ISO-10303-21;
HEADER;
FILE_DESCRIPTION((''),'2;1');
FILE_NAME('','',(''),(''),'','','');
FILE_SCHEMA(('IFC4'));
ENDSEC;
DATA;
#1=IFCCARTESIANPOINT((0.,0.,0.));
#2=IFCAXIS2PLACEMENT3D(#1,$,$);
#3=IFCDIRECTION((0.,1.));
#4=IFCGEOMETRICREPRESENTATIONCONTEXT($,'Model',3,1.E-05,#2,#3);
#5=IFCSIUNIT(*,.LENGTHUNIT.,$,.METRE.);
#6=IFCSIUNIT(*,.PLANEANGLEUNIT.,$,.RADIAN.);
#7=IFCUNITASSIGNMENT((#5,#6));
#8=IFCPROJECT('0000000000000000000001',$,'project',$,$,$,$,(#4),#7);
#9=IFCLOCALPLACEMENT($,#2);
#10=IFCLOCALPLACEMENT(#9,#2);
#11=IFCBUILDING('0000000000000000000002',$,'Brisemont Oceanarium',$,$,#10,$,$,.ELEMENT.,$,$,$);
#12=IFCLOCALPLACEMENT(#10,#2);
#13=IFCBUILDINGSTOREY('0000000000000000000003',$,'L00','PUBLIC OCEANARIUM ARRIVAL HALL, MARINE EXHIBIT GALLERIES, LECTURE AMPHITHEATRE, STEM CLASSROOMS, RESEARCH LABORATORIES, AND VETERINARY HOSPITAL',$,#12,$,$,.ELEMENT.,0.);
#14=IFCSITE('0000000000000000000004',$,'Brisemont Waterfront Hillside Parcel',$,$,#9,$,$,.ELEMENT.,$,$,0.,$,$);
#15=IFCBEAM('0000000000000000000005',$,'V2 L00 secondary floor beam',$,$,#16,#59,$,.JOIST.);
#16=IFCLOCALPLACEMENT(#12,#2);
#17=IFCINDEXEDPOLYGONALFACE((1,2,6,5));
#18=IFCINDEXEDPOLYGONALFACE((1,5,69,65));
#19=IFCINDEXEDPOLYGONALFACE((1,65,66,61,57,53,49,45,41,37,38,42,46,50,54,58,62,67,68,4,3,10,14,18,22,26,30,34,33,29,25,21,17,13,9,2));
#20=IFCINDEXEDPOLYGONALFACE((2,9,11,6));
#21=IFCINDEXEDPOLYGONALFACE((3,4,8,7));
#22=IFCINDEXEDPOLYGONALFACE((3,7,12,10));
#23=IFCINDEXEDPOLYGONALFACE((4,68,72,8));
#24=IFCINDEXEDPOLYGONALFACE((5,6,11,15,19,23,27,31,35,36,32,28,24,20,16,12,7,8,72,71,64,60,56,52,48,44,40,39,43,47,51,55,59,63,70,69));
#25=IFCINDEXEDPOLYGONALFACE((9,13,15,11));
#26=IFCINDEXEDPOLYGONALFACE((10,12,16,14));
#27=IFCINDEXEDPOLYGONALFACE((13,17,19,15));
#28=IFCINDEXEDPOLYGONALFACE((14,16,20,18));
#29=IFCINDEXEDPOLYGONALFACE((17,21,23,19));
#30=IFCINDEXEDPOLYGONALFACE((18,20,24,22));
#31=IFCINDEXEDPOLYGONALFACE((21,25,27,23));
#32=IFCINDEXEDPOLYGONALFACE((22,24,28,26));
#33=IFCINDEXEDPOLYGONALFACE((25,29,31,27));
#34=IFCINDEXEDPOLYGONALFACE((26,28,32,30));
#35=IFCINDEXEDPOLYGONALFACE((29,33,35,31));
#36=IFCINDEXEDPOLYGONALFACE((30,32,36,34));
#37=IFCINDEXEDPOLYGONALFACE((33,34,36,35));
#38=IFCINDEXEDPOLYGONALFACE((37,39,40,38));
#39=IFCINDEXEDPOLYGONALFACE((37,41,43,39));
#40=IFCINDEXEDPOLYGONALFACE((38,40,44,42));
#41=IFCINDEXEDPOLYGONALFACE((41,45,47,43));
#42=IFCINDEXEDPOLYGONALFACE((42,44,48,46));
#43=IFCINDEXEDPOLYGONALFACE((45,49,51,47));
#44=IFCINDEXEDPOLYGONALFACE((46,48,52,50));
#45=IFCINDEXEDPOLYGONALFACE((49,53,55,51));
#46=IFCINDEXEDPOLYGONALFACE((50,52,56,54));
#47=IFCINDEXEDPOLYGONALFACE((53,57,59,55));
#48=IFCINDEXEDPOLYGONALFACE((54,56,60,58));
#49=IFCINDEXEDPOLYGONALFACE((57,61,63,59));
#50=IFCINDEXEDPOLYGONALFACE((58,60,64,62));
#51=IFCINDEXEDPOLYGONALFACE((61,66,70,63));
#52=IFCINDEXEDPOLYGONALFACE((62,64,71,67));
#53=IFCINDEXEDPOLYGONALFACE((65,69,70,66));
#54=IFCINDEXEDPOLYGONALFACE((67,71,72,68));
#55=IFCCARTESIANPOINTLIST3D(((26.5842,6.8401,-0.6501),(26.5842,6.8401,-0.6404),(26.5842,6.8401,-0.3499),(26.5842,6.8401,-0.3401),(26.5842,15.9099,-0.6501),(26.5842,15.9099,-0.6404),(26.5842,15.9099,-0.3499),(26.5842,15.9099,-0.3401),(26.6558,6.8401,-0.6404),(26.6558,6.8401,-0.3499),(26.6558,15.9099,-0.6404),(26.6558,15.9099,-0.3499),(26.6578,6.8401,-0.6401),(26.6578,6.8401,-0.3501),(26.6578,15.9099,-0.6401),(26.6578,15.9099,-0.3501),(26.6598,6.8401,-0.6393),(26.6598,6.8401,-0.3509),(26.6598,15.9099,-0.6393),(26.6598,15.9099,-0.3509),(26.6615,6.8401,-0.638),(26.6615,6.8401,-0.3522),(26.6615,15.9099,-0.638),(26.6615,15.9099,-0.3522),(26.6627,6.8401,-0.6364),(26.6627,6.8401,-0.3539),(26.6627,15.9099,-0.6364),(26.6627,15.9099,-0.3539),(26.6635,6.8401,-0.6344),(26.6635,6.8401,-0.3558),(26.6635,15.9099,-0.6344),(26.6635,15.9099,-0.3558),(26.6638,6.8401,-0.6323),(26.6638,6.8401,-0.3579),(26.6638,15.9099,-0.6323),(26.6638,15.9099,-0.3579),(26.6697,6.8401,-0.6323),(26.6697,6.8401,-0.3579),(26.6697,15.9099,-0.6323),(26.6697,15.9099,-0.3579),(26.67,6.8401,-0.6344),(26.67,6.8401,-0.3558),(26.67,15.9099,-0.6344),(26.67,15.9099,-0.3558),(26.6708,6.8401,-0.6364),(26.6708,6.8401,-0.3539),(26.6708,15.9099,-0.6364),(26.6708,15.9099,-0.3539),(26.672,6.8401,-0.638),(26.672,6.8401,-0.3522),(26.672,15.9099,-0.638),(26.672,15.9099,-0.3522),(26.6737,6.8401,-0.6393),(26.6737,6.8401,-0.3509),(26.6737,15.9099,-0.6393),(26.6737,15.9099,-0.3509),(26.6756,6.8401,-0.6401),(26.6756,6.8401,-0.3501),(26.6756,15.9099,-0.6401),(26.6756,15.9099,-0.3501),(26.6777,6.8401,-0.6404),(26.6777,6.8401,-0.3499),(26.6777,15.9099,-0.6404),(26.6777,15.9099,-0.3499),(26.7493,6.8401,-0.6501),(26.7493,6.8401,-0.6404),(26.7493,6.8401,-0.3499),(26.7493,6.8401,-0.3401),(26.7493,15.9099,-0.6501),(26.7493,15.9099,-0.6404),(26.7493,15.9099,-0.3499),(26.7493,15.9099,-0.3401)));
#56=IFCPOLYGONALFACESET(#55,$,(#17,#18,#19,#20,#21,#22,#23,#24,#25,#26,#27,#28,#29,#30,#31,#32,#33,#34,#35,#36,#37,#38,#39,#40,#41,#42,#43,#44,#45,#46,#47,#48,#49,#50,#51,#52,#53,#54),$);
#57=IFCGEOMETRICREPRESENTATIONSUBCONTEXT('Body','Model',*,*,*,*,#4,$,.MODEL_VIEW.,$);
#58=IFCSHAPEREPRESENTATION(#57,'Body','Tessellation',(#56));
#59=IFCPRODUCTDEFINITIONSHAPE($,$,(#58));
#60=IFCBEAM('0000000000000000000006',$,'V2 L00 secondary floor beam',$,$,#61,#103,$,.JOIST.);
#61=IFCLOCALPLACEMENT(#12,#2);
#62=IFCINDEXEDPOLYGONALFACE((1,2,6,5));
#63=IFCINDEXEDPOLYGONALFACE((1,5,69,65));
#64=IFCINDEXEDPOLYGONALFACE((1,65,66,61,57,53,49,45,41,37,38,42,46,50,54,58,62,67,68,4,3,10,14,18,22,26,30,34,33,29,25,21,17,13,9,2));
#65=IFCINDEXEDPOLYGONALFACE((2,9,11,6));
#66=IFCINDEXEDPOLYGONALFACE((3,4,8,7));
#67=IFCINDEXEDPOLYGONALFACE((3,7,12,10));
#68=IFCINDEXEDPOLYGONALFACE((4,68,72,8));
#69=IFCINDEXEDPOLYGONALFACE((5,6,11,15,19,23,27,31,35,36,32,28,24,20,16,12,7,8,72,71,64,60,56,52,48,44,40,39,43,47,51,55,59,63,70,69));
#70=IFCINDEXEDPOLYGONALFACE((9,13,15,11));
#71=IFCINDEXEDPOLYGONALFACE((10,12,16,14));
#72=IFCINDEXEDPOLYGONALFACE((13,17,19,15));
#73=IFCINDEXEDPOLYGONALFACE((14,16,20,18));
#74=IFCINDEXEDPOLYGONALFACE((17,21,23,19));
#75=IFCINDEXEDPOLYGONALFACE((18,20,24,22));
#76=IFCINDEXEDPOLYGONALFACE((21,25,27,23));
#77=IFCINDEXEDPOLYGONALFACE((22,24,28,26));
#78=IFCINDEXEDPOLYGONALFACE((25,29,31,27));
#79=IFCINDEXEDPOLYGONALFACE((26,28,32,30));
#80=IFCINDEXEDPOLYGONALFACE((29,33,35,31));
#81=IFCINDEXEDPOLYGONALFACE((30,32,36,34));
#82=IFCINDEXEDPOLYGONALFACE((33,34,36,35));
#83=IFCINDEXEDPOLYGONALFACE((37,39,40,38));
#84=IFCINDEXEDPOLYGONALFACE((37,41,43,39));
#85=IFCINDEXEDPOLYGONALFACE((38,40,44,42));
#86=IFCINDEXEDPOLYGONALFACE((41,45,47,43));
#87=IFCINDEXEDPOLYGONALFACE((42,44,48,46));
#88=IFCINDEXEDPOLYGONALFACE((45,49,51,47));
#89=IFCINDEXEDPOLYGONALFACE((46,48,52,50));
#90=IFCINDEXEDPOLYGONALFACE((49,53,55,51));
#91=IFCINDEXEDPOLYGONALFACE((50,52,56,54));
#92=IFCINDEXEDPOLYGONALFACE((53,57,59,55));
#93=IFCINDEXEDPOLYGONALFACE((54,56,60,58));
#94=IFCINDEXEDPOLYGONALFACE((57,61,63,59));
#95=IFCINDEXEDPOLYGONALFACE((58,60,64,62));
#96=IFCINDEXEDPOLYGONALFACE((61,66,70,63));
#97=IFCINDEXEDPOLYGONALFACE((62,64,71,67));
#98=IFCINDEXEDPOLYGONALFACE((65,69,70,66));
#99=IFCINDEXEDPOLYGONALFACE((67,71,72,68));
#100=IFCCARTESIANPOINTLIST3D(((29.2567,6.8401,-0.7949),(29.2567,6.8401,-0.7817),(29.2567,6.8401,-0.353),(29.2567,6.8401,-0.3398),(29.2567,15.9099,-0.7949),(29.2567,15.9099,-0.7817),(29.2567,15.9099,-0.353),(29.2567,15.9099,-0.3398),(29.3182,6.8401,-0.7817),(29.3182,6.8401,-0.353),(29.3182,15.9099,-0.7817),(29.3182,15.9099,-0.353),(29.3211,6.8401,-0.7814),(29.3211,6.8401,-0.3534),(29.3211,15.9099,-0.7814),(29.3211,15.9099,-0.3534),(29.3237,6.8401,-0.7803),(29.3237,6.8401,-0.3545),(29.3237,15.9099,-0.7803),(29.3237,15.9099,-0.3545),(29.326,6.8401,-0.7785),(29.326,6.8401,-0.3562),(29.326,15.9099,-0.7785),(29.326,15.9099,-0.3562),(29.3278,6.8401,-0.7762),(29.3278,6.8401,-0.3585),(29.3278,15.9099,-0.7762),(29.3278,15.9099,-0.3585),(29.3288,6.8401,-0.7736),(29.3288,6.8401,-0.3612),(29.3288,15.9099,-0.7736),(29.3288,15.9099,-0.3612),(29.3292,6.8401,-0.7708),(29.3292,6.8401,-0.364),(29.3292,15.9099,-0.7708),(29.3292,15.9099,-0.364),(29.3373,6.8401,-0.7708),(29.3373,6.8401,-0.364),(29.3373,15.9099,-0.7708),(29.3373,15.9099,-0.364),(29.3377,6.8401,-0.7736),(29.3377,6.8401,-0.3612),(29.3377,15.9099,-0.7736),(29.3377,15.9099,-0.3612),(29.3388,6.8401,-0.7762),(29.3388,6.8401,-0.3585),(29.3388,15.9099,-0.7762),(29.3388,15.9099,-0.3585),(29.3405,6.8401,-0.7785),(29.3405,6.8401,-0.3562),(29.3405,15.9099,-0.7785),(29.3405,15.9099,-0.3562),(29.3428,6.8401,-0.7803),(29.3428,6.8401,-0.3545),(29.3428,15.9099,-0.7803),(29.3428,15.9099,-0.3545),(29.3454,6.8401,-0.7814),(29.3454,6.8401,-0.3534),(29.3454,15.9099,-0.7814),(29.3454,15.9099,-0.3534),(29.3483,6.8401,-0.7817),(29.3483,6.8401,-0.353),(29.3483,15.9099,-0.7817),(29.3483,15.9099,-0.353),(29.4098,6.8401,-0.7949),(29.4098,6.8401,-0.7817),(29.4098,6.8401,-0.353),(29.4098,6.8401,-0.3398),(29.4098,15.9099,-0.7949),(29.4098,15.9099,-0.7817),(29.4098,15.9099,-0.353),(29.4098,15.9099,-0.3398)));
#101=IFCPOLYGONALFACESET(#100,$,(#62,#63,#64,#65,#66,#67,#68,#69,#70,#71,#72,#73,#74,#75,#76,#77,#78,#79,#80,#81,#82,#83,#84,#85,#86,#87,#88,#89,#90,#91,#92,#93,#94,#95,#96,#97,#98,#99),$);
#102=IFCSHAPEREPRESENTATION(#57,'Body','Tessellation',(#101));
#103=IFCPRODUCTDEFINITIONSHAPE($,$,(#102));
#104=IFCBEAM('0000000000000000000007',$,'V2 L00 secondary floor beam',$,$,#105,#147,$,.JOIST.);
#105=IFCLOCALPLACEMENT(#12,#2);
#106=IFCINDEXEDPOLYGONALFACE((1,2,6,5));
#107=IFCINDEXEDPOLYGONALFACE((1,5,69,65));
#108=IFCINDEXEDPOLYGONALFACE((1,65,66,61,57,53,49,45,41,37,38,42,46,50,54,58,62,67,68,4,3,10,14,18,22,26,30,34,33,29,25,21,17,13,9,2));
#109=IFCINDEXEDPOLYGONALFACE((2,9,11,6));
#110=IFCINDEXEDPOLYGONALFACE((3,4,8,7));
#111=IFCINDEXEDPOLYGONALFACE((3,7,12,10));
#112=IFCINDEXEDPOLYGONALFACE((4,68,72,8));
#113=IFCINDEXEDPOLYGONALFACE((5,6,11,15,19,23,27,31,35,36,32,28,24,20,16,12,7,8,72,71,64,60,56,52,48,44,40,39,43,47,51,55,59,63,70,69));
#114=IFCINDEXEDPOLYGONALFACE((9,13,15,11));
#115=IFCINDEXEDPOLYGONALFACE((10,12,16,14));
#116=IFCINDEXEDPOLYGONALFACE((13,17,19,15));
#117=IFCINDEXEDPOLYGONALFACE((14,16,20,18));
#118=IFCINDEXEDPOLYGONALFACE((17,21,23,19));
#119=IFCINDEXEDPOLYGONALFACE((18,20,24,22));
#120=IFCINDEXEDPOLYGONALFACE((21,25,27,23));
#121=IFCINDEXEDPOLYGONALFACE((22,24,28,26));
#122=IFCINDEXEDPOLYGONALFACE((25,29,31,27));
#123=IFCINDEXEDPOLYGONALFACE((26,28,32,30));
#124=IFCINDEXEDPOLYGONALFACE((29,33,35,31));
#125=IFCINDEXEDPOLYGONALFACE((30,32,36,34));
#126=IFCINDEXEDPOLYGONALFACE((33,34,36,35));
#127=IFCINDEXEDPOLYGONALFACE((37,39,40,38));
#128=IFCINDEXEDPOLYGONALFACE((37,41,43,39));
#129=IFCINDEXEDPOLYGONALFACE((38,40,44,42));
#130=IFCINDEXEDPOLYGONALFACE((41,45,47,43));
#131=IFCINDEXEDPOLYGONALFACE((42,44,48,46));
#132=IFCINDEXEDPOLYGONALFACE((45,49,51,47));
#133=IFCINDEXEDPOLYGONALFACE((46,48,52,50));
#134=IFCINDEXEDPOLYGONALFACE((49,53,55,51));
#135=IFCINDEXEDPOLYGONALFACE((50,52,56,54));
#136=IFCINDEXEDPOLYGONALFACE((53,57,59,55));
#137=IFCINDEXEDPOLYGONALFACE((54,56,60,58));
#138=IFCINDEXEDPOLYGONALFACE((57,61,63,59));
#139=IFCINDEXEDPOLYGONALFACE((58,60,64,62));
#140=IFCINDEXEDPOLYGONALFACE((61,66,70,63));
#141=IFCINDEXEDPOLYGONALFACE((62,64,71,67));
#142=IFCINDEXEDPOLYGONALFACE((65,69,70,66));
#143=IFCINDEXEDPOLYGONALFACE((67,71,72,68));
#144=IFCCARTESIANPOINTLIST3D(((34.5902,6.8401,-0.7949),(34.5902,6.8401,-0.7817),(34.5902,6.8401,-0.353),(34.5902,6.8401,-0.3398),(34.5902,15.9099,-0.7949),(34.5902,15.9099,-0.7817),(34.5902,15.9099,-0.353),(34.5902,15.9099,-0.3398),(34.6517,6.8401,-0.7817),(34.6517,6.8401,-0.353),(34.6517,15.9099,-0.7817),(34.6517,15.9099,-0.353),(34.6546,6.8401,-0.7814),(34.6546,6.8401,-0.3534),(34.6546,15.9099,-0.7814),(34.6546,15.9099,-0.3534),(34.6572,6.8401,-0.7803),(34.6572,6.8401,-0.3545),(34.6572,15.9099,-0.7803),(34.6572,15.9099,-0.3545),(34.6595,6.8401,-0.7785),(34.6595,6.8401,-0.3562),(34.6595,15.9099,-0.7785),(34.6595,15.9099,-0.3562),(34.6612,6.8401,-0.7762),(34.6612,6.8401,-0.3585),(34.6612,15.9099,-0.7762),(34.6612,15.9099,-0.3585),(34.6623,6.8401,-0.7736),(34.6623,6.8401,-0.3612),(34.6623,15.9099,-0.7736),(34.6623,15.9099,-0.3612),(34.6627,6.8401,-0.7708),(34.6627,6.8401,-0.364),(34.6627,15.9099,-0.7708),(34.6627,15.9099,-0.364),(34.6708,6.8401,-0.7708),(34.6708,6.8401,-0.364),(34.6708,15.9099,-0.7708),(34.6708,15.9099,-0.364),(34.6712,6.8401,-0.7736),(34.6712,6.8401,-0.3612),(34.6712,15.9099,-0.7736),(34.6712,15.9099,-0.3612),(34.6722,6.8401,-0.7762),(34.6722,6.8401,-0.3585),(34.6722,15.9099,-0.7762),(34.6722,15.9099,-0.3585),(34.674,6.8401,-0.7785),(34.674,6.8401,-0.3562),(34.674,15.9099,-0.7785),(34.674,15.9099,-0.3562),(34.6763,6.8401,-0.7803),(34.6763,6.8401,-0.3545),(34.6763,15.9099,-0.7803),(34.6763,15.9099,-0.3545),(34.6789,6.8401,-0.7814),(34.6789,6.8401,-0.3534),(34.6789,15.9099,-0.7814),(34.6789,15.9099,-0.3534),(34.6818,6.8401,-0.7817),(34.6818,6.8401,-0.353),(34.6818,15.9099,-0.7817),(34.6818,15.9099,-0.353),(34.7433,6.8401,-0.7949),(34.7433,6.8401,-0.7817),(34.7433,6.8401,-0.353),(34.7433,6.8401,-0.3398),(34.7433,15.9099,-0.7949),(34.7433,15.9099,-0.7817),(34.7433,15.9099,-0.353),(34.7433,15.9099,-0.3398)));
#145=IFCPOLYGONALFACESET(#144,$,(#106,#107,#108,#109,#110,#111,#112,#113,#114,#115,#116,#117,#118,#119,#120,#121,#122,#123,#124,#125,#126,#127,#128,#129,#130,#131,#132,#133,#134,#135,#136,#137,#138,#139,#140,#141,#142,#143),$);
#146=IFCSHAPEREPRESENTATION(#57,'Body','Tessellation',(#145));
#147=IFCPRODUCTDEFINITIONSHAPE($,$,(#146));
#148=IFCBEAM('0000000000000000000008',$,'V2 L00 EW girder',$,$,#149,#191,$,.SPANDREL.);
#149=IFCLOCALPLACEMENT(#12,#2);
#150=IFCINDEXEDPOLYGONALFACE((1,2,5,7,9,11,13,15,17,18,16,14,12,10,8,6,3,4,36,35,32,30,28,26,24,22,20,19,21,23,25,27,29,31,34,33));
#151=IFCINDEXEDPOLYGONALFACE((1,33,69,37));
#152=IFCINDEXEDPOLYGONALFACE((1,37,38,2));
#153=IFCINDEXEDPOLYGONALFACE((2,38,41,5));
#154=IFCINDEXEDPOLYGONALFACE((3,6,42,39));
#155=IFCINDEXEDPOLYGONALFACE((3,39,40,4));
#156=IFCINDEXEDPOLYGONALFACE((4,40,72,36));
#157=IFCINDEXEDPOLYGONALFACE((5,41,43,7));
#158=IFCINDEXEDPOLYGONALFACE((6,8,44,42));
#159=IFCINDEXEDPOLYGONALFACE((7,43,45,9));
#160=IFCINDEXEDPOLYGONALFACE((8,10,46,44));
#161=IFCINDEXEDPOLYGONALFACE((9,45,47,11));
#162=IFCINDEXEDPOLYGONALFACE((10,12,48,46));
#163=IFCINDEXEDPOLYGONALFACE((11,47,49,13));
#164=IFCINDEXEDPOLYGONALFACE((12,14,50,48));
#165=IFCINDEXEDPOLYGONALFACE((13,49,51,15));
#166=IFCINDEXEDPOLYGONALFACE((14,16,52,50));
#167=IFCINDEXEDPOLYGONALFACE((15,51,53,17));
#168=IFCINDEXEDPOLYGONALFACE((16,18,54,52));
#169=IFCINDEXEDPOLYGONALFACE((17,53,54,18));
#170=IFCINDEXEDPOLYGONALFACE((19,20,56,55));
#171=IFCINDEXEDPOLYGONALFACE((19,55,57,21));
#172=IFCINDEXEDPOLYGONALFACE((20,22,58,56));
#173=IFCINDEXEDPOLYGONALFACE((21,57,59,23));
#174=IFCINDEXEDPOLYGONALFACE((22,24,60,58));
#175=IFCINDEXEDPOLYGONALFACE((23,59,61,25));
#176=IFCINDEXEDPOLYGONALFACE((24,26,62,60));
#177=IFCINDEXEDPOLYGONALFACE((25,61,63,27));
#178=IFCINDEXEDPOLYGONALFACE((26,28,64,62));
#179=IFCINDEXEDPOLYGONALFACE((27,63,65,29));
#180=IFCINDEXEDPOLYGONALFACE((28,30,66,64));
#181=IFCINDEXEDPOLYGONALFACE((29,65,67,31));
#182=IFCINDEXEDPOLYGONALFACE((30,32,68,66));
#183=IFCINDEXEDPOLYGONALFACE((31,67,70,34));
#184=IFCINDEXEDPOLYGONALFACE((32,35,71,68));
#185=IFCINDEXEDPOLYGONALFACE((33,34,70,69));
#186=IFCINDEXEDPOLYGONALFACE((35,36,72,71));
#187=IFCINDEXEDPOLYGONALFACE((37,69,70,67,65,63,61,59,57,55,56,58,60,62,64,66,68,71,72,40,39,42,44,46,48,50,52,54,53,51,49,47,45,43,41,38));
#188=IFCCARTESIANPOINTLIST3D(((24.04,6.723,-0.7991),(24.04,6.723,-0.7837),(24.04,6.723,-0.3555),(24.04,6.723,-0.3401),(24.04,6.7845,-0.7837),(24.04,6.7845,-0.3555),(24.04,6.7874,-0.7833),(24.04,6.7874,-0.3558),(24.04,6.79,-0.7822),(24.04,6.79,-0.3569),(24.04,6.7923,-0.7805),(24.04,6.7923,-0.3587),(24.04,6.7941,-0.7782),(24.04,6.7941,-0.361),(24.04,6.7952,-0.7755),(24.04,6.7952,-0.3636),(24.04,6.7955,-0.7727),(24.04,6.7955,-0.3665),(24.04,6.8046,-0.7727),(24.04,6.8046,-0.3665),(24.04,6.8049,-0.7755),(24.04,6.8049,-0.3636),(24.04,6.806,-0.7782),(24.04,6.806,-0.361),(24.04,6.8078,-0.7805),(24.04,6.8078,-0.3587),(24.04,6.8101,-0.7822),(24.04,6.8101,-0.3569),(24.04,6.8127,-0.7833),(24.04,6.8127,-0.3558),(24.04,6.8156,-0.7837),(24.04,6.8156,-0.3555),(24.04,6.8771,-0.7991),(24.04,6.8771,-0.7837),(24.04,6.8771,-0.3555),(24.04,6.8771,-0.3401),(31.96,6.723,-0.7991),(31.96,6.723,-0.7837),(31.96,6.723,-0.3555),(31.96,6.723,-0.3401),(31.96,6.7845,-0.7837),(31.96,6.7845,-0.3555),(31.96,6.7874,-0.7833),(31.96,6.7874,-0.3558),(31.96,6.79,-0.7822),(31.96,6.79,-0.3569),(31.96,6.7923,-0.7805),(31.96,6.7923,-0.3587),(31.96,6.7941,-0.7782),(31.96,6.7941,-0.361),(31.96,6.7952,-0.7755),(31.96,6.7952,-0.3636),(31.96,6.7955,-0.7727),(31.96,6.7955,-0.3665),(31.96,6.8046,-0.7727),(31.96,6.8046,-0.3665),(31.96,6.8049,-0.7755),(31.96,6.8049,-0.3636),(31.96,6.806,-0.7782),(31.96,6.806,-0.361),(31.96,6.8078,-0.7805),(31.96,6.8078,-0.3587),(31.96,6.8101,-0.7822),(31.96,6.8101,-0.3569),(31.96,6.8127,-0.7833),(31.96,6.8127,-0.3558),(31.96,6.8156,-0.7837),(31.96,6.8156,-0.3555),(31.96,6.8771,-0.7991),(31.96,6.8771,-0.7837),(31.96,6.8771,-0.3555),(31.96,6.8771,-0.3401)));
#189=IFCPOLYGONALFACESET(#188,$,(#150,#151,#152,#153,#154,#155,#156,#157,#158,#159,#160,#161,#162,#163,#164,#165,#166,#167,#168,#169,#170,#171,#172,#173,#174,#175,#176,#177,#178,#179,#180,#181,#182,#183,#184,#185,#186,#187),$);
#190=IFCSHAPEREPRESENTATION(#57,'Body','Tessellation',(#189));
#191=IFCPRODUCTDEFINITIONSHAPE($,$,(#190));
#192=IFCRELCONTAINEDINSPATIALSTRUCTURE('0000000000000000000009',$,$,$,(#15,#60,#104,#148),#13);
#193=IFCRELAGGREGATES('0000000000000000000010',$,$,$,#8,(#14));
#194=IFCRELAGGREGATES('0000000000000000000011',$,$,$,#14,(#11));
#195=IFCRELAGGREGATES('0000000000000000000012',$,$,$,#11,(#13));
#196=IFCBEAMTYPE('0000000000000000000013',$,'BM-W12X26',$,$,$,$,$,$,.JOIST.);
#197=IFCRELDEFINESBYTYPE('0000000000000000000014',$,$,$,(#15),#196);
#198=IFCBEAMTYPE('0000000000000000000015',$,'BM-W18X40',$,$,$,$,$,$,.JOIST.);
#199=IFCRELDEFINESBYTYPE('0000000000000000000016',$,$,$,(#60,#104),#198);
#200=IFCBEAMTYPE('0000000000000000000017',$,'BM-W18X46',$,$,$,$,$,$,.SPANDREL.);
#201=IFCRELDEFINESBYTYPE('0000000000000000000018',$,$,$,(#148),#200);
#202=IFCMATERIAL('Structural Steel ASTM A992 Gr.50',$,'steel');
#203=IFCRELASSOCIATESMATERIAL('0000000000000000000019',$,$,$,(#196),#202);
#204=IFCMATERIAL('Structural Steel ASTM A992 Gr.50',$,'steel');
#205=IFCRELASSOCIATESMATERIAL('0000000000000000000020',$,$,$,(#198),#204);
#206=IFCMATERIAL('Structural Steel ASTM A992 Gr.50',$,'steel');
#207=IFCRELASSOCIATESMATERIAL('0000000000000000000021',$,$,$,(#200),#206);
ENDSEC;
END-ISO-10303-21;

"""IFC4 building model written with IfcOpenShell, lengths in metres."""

from ifc_helpers import new_model, si_unit, direction, frame, origin, origin_2d, place, context, subcontext, project, spatial, i_section, extrude, material, material_profile, profile_set, type_object, element, save


model = new_model("IFC4")

# Units and contexts
model_context = context("Model", 3, precision=1e-05, world=origin(), true_north=direction((0.0, 1.0)))
body_context = subcontext(model_context, "Body", "Model", "MODEL_VIEW")
ifc_project = project(units=[si_unit("LENGTHUNIT", "METRE"), si_unit("PLANEANGLEUNIT", "RADIAN")], contexts=[model_context])

# Site, building, storey
site_placement = place(None, origin())
site = spatial("IfcSite", under=ifc_project, at=site_placement, Name="Brisemont Waterfront Hillside Parcel", CompositionType="ELEMENT", RefElevation=0.0)
building_placement = place(site_placement, origin())
building = spatial("IfcBuilding", under=site, at=building_placement, Name="Brisemont Oceanarium", CompositionType="ELEMENT")
storey_placement = place(building_placement, origin())
storey = spatial("IfcBuildingStorey", under=building, at=storey_placement, Name="L00", Description="PUBLIC OCEANARIUM ARRIVAL HALL, MARINE EXHIBIT GALLERIES, LECTURE AMPHITHEATRE, STEM CLASSROOMS, RESEARCH LABORATORIES, AND VETERINARY HOSPITAL", CompositionType="ELEMENT", Elevation=0.0)

# Beams
ifc_material_1 = material(Name="Structural Steel ASTM A992 Gr.50", Category="steel")
ifc_material_profile_1 = material_profile(ifc_material_1, i_section(OverallWidth=0.165, OverallDepth=0.3101, WebThickness=0.0059, FlangeThickness=0.0098, FilletRadius=0.0081, at=origin_2d()), Name="W12X26")
ifc_profile_set_1 = profile_set([ifc_material_profile_1], Name="Structural Steel ASTM A992 Gr.50")
beam_type_1 = type_object("IfcBeamType", Name="BM-W12X26", PredefinedType="JOIST", material=ifc_profile_set_1)
beam_1_placement = place(storey_placement, frame((26.6667, 6.8401, -0.4951), z_axis=(0.0, 1.0, 0.0), x_axis=(-1.0, 0.0, 0.0)))
element("IfcBeam", 1, at=beam_1_placement, inside=storey, type_object=beam_type_1, Name="V2 L00 secondary floor beam", PredefinedType="JOIST", context=body_context, shape_type="SweptSolid", body=[
    extrude(i_section(OverallWidth=0.165, OverallDepth=0.3101, WebThickness=0.0059, FlangeThickness=0.0098, FilletRadius=0.0081, at=origin_2d()), origin(), (0.0, 0.0, 1.0), 9.0698),
])
ifc_material_2 = material(Name="Structural Steel ASTM A992 Gr.50", Category="steel")
ifc_material_profile_2 = material_profile(ifc_material_2, i_section(OverallWidth=0.1531, OverallDepth=0.4551, WebThickness=0.0081, FlangeThickness=0.0132, FilletRadius=0.011, at=origin_2d()), Name="W18X40")
ifc_profile_set_2 = profile_set([ifc_material_profile_2], Name="Structural Steel ASTM A992 Gr.50")
beam_type_2 = type_object("IfcBeamType", Name="BM-W18X40", PredefinedType="JOIST", material=ifc_profile_set_2)
for number, where, z_axis, x_axis, name in (
    (2, (29.3333, 6.8401, -0.5674), (0.0, 1.0, 0.0), (-1.0, 0.0, 0.0), "V2 L00 secondary floor beam"),
    (3, (34.6667, 6.8401, -0.5674), (0.0, 1.0, 0.0), (-1.0, 0.0, 0.0), "V2 L00 secondary floor beam"),
):
    element("IfcBeam", number, at=place(storey_placement, frame(where, z_axis=z_axis, x_axis=x_axis)), inside=storey, type_object=beam_type_2, Name=name, PredefinedType="JOIST", context=body_context, shape_type="SweptSolid", body=[
        extrude(i_section(OverallWidth=0.1531, OverallDepth=0.4551, WebThickness=0.0081, FlangeThickness=0.0132, FilletRadius=0.011, at=origin_2d()), origin(), (0.0, 0.0, 1.0), 9.0698),
    ])
ifc_material_3 = material(Name="Structural Steel ASTM A992 Gr.50", Category="steel")
ifc_material_profile_3 = material_profile(ifc_material_3, i_section(OverallWidth=0.1541, OverallDepth=0.459, WebThickness=0.009, FlangeThickness=0.0154, FilletRadius=0.011, at=origin_2d()), Name="W18X46")
ifc_profile_set_3 = profile_set([ifc_material_profile_3], Name="Structural Steel ASTM A992 Gr.50")
beam_type_3 = type_object("IfcBeamType", Name="BM-W18X46", PredefinedType="SPANDREL", material=ifc_profile_set_3)
beam_2_placement = place(storey_placement, frame((24.04, 6.8, -0.5696), z_axis=(1.0, 0.0, 0.0), x_axis=(0.0, 1.0, 0.0)))
element("IfcBeam", 4, at=beam_2_placement, inside=storey, type_object=beam_type_3, Name="V2 L00 EW girder", PredefinedType="SPANDREL", context=body_context, shape_type="SweptSolid", body=[
    extrude(i_section(OverallWidth=0.1541, OverallDepth=0.459, WebThickness=0.009, FlangeThickness=0.0154, FilletRadius=0.011, at=origin_2d()), origin(), (0.0, 0.0, 1.0), 7.9199),
])

save(model, "model.ifc")
